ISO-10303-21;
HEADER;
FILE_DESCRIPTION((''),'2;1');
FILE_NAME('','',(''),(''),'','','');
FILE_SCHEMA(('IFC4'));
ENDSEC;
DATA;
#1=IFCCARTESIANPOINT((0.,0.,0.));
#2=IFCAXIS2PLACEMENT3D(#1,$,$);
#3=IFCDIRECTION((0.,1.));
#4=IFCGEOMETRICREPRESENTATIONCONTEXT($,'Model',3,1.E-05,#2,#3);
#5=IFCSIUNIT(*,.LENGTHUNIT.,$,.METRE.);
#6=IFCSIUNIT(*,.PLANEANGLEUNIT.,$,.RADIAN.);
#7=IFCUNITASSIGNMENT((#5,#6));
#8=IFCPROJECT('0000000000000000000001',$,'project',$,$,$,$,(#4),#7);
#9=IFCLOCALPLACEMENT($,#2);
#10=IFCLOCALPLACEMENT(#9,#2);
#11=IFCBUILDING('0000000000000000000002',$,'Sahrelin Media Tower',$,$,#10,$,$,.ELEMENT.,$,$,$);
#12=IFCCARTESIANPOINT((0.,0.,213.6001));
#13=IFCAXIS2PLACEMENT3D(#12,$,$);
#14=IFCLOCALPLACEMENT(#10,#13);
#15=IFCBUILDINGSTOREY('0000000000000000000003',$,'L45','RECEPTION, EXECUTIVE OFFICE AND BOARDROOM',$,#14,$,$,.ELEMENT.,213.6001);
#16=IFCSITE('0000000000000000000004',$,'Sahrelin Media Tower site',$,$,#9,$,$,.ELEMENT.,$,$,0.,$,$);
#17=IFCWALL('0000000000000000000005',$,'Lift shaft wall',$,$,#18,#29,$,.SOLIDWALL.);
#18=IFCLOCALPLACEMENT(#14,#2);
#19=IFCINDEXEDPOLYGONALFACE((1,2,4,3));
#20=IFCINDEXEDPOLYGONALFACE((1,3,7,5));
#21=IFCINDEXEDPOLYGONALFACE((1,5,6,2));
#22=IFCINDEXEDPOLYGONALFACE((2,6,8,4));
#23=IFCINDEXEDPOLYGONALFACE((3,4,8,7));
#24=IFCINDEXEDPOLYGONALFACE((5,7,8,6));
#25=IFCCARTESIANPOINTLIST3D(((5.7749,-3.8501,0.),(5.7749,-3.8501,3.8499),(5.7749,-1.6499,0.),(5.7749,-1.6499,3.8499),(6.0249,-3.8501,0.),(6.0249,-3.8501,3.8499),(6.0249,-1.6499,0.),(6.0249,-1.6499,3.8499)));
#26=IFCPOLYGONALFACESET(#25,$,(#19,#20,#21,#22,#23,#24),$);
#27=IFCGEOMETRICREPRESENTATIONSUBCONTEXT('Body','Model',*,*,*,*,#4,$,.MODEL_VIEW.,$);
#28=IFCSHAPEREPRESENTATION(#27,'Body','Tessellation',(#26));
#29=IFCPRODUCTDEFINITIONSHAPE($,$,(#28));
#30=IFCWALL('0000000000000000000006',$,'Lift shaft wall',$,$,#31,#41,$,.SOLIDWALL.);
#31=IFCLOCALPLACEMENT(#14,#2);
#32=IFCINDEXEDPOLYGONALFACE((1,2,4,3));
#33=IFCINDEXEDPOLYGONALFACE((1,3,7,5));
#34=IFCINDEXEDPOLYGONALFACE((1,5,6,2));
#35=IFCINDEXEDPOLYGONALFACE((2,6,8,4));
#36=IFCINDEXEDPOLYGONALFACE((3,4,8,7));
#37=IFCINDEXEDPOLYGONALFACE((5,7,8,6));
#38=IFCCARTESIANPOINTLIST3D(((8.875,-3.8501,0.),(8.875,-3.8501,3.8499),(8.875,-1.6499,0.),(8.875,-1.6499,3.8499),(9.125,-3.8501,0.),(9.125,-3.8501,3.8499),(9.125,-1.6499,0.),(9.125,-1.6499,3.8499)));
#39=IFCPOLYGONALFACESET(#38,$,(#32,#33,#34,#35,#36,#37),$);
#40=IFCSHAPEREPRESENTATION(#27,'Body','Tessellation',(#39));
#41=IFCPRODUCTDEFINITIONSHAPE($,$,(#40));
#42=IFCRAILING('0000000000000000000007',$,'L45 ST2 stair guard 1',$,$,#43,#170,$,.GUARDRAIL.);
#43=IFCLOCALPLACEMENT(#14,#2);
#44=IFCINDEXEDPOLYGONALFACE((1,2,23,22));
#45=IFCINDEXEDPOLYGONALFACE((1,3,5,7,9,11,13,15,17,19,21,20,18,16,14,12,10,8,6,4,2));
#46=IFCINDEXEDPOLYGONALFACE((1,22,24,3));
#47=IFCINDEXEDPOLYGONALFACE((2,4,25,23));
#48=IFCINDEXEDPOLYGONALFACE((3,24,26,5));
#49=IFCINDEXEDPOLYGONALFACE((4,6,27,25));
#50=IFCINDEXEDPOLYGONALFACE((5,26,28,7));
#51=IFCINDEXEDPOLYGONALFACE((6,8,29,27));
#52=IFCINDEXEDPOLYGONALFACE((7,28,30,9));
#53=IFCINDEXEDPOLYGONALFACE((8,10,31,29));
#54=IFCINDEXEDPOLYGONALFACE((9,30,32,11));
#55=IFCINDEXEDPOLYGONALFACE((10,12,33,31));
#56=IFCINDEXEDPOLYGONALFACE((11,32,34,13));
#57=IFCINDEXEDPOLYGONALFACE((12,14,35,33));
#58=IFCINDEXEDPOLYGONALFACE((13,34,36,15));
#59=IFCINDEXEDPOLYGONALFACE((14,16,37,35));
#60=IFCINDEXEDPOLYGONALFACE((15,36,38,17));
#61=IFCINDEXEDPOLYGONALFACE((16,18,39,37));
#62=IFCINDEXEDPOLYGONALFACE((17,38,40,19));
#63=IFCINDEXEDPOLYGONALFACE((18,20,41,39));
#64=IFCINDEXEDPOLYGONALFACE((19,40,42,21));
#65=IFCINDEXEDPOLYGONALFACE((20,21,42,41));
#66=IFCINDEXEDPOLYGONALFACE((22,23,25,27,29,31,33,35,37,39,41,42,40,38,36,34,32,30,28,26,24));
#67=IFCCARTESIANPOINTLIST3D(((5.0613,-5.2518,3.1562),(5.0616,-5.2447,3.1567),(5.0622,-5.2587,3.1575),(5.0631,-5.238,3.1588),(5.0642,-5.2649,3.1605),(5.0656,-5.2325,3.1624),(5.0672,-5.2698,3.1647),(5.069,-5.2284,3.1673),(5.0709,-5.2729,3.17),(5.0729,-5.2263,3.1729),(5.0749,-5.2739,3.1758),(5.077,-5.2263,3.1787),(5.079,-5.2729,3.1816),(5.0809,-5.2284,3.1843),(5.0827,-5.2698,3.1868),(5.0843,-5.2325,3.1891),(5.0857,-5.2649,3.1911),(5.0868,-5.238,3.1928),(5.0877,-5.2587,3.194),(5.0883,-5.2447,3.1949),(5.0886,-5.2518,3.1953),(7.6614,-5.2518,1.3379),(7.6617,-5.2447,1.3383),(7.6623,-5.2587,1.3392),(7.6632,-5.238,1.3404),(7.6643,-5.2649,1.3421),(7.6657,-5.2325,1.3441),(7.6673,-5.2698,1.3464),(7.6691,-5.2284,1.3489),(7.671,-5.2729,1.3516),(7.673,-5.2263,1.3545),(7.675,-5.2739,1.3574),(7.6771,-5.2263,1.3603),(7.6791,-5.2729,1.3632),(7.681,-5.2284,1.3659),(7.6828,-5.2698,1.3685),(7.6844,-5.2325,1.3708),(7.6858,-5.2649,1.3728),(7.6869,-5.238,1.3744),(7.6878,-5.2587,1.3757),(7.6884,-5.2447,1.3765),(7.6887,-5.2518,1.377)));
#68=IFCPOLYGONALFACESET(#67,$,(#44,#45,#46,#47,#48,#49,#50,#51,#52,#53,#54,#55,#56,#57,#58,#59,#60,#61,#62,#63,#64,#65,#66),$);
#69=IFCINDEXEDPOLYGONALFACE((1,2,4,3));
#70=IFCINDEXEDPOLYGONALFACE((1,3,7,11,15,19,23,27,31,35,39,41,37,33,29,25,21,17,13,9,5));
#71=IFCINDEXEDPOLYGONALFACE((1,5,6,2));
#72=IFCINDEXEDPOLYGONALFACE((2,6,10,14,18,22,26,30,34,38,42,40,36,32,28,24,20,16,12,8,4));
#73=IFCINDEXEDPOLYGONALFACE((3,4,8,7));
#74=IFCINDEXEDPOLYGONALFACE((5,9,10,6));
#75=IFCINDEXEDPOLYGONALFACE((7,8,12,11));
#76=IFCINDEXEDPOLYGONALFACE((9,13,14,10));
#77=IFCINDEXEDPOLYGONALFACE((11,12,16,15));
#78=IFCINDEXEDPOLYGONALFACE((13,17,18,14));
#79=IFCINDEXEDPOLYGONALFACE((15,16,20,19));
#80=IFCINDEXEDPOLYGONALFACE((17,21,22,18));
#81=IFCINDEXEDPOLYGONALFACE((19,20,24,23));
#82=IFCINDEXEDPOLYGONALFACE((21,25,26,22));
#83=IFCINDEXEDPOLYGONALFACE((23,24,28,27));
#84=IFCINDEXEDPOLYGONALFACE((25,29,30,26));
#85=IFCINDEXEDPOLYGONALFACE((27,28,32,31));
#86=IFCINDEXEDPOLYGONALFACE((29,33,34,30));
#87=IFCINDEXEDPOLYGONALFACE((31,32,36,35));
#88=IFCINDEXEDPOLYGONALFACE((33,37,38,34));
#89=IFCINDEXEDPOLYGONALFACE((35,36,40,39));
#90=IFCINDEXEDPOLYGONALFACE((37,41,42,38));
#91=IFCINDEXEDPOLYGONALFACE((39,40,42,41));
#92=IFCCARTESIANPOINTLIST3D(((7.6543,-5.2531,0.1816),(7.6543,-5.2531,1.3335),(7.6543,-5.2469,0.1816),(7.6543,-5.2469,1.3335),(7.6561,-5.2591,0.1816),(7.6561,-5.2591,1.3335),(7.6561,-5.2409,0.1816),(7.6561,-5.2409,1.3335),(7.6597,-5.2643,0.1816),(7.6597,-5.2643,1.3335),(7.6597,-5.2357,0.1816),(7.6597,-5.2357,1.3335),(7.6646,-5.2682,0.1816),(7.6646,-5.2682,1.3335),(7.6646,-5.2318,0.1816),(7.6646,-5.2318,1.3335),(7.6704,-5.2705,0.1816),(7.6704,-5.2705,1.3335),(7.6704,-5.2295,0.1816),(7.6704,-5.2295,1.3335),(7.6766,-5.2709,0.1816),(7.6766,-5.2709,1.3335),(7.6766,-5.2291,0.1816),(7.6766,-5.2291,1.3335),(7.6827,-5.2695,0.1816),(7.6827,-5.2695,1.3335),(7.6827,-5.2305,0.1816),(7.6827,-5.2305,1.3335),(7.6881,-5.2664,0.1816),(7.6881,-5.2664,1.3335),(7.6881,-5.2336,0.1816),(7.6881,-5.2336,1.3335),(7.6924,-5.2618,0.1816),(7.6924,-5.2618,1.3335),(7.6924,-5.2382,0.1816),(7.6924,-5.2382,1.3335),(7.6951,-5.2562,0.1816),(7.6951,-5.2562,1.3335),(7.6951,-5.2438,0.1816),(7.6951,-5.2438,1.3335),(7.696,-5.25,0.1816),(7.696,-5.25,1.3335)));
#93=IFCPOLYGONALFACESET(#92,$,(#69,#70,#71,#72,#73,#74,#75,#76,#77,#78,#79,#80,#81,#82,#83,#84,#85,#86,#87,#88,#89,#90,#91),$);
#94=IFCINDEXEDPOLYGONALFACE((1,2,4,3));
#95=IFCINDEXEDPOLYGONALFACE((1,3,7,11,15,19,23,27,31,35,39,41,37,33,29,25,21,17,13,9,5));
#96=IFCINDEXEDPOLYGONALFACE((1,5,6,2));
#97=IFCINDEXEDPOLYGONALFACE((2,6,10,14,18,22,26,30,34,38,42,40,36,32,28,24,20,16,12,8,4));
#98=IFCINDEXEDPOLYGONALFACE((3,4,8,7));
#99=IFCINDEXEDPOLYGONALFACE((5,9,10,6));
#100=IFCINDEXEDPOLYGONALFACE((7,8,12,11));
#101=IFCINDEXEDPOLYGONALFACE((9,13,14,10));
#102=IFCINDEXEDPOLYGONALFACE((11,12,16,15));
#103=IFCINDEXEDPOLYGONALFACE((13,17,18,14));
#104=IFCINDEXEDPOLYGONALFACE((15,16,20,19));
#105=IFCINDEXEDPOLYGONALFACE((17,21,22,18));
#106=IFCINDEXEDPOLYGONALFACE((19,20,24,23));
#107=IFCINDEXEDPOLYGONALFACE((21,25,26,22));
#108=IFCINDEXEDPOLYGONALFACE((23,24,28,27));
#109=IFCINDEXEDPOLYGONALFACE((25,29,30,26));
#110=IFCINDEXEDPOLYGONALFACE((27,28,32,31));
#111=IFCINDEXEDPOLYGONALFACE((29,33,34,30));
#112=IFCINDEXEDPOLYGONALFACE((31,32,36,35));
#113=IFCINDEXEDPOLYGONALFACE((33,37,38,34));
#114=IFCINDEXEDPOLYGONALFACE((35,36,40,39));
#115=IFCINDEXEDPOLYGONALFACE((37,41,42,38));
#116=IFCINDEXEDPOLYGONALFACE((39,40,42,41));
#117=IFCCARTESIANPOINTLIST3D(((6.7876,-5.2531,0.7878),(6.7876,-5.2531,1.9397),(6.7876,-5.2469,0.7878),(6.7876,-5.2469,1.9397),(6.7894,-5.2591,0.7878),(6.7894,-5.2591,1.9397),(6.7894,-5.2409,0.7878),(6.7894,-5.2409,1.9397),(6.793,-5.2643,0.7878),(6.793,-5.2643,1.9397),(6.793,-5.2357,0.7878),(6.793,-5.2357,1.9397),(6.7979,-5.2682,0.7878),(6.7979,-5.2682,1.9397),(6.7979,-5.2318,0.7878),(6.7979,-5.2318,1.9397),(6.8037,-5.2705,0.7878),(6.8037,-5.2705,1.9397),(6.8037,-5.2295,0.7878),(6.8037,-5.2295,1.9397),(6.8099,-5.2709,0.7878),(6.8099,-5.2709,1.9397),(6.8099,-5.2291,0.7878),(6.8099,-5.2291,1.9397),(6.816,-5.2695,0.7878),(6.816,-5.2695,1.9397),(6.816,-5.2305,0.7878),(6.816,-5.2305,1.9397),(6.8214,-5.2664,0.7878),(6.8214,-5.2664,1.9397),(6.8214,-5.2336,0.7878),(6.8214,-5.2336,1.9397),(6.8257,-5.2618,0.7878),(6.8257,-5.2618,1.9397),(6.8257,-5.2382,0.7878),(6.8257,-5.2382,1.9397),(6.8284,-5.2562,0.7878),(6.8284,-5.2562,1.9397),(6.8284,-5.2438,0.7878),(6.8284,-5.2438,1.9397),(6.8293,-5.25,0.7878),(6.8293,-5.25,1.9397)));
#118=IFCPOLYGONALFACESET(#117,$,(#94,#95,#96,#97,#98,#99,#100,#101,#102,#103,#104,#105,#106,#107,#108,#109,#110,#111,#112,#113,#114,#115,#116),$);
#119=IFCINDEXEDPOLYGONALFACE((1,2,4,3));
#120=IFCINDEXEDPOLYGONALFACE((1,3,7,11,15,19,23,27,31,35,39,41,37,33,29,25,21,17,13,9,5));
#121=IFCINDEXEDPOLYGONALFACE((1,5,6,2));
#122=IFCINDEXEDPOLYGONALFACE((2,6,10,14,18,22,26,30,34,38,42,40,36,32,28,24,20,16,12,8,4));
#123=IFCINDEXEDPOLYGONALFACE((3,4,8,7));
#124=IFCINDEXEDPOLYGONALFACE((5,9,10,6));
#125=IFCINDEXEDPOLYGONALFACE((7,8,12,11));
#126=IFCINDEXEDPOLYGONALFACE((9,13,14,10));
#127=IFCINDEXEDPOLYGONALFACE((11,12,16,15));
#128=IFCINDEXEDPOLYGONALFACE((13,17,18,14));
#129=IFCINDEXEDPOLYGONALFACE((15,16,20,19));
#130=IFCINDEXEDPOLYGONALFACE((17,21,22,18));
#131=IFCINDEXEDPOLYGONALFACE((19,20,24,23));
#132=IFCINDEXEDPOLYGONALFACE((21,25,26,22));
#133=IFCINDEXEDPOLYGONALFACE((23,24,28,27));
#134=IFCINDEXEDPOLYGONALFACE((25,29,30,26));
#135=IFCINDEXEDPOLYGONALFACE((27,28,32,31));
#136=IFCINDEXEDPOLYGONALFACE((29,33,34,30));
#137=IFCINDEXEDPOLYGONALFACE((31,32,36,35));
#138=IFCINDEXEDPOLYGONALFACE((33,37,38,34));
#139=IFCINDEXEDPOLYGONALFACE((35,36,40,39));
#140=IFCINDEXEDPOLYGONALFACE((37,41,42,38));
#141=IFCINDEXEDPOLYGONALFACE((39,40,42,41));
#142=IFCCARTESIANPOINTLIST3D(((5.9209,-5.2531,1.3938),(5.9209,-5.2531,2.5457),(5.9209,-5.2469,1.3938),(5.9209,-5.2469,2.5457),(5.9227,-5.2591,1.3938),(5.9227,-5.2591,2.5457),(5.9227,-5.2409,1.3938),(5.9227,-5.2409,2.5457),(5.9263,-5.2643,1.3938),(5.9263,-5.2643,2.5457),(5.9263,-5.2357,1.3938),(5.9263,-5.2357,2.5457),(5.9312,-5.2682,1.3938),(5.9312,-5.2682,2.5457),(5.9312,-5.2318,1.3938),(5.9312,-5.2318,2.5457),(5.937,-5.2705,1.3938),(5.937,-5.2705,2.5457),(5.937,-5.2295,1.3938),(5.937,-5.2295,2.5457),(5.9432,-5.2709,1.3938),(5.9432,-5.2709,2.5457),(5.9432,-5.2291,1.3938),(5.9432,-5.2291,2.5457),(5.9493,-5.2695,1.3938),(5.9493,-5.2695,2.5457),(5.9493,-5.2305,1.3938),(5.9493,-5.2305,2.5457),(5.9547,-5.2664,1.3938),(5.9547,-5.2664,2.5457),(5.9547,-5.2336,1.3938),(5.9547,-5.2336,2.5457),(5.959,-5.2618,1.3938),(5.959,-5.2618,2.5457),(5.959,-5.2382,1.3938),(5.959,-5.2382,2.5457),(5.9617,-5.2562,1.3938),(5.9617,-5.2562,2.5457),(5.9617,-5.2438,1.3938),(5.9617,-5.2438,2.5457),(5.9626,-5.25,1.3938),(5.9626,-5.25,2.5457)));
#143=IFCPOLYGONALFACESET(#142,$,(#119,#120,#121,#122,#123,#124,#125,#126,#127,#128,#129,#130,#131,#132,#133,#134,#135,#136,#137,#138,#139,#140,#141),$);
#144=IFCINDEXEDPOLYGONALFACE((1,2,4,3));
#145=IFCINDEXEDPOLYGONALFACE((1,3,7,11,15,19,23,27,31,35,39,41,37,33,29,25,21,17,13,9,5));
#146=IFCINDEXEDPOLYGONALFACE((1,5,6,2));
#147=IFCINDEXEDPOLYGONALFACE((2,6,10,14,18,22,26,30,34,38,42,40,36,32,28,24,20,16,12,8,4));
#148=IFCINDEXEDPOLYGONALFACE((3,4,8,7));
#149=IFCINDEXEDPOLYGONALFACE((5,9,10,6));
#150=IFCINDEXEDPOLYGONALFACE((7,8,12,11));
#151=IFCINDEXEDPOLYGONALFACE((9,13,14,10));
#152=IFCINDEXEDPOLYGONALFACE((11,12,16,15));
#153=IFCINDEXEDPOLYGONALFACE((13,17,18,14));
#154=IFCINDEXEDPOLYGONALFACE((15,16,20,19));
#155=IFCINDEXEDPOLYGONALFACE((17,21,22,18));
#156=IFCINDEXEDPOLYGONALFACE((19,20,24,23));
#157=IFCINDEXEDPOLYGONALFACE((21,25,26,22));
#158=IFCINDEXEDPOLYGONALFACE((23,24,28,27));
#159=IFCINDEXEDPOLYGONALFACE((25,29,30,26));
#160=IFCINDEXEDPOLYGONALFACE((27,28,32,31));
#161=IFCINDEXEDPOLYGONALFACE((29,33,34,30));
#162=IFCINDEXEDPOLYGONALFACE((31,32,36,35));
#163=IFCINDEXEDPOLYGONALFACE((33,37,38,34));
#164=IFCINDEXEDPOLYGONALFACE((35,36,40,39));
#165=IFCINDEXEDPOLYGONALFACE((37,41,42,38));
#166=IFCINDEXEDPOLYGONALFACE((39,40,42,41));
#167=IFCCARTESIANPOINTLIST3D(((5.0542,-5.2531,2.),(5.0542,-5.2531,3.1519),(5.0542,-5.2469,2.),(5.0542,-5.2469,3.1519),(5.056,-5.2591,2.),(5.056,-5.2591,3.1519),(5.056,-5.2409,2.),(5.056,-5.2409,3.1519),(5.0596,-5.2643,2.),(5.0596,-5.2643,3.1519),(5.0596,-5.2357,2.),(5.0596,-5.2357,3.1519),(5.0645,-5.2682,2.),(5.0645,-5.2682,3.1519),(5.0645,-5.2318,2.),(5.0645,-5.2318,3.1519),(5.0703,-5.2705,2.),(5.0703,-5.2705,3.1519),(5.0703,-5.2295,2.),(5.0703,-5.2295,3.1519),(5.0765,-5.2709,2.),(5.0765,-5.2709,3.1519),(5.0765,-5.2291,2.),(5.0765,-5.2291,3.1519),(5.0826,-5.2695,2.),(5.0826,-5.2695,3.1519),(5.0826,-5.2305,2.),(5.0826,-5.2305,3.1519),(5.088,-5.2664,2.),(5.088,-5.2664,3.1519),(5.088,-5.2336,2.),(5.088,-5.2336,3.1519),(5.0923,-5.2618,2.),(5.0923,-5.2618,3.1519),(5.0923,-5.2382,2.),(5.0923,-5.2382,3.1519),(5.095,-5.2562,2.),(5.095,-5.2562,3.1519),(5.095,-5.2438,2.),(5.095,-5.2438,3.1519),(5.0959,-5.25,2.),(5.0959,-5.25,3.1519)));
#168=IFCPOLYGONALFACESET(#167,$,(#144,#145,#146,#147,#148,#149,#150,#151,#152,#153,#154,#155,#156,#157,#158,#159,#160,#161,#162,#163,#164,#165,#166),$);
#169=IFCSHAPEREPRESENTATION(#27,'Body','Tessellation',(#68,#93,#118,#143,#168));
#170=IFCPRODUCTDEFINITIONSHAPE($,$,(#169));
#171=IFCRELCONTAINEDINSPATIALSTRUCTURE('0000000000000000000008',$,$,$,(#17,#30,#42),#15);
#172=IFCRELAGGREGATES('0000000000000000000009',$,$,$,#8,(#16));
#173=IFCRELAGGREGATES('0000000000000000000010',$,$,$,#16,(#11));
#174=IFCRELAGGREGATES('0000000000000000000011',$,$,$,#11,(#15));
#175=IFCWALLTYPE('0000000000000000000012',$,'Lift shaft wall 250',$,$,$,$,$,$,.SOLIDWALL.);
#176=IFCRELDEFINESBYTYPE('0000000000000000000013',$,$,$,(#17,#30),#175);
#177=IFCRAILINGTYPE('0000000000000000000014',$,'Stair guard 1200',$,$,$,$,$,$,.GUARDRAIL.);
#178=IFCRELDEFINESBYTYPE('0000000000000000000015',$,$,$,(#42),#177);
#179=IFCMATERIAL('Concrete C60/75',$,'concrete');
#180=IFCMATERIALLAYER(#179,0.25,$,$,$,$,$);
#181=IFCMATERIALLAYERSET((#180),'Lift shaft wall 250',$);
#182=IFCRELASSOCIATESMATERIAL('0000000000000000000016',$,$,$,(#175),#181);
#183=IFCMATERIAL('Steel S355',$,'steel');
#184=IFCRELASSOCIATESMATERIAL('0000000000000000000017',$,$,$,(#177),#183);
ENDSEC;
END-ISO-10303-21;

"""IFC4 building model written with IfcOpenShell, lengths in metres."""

from ifc_helpers import new_model, si_unit, direction, frame, frame_2d, origin, origin_2d, place, context, subcontext, project, spatial, rectangle, circle, extrude, material, layer, layer_set, type_object, element, save


model = new_model("IFC4")

# Units and contexts
model_context = context("Model", 3, precision=1e-05, world=origin(), true_north=direction((0.0, 1.0)))
body_context = subcontext(model_context, "Body", "Model", "MODEL_VIEW")
ifc_project = project(units=[si_unit("LENGTHUNIT", "METRE"), si_unit("PLANEANGLEUNIT", "RADIAN")], contexts=[model_context])

# Site, building, storey
site_placement = place(None, origin())
site = spatial("IfcSite", under=ifc_project, at=site_placement, Name="Sahrelin Media Tower site", CompositionType="ELEMENT", RefElevation=0.0)
building_placement = place(site_placement, origin())
building = spatial("IfcBuilding", under=site, at=building_placement, Name="Sahrelin Media Tower", CompositionType="ELEMENT")
storey_placement = place(building_placement, frame((0.0, 0.0, 213.6001)))
storey = spatial("IfcBuildingStorey", under=building, at=storey_placement, Name="L45", Description="RECEPTION, EXECUTIVE OFFICE AND BOARDROOM", CompositionType="ELEMENT", Elevation=213.6001)

# Shared definitions
ifc_material_1 = material(Name="Steel S355", Category="steel")

# Shared definitions
ifc_material_2 = material(Name="Concrete C60/75", Category="concrete")

# Walls
ifc_layer_1 = layer(ifc_material_2, 0.25)
ifc_layer_set_1 = layer_set([ifc_layer_1], Name="Lift shaft wall 250")
wall_type_1 = type_object("IfcWallType", Name="Lift shaft wall 250", PredefinedType="SOLIDWALL", material=ifc_layer_set_1)
for number, where, z_axis, x_axis, name in (
    (1, (5.8999, -3.8501, 0.0), (0.0, 0.0, 1.0), (0.0, 1.0, 0.0), "Lift shaft wall"),
    (2, (9.0, -3.8501, 0.0), (0.0, 0.0, 1.0), (0.0, 1.0, 0.0), "Lift shaft wall"),
):
    element("IfcWall", number, at=place(storey_placement, frame(where, z_axis=z_axis, x_axis=x_axis)), inside=storey, type_object=wall_type_1, Name=name, PredefinedType="SOLIDWALL", context=body_context, shape_type="SweptSolid", body=[
        extrude(rectangle(XDim=2.2002, YDim=0.25, at=frame_2d((1.1001, 0.0))), origin(), (0.0, 0.0, 1.0), 3.8499),
    ])

# Railing
railing_type_1 = type_object("IfcRailingType", Name="Stair guard 1200", PredefinedType="GUARDRAIL", material=ifc_material_1)
railing_1_placement = place(storey_placement, frame((7.675, -5.25, 0.1816)))
element("IfcRailing", 3, at=railing_1_placement, inside=storey, type_object=railing_type_1, Name="L45 ST2 stair guard 1", PredefinedType="GUARDRAIL", context=body_context, shape_type="SweptSolid", body=[
    extrude(circle(Radius=0.0239, at=origin_2d()), frame((0.0, 0.0, 1.1758), z_axis=(-0.819485, 0.0, 0.573101), x_axis=(0.0, -1.0, 0.0)), (0.0, 0.0, 1.0), 3.1729),
    extrude(circle(Radius=0.021, at=origin_2d()), origin(), (0.0, 0.0, 1.0), 1.1519),
    extrude(circle(Radius=0.021, at=origin_2d()), frame((-0.8667, 0.0, 0.6062)), (0.0, 0.0, 1.0), 1.1519),
    extrude(circle(Radius=0.021, at=origin_2d()), frame((-1.7334, 0.0, 1.2122)), (0.0, 0.0, 1.0), 1.1519),
    extrude(circle(Radius=0.021, at=origin_2d()), frame((-2.6001, 0.0, 1.8184)), (0.0, 0.0, 1.0), 1.1519),
])

save(model, "model.ifc")
